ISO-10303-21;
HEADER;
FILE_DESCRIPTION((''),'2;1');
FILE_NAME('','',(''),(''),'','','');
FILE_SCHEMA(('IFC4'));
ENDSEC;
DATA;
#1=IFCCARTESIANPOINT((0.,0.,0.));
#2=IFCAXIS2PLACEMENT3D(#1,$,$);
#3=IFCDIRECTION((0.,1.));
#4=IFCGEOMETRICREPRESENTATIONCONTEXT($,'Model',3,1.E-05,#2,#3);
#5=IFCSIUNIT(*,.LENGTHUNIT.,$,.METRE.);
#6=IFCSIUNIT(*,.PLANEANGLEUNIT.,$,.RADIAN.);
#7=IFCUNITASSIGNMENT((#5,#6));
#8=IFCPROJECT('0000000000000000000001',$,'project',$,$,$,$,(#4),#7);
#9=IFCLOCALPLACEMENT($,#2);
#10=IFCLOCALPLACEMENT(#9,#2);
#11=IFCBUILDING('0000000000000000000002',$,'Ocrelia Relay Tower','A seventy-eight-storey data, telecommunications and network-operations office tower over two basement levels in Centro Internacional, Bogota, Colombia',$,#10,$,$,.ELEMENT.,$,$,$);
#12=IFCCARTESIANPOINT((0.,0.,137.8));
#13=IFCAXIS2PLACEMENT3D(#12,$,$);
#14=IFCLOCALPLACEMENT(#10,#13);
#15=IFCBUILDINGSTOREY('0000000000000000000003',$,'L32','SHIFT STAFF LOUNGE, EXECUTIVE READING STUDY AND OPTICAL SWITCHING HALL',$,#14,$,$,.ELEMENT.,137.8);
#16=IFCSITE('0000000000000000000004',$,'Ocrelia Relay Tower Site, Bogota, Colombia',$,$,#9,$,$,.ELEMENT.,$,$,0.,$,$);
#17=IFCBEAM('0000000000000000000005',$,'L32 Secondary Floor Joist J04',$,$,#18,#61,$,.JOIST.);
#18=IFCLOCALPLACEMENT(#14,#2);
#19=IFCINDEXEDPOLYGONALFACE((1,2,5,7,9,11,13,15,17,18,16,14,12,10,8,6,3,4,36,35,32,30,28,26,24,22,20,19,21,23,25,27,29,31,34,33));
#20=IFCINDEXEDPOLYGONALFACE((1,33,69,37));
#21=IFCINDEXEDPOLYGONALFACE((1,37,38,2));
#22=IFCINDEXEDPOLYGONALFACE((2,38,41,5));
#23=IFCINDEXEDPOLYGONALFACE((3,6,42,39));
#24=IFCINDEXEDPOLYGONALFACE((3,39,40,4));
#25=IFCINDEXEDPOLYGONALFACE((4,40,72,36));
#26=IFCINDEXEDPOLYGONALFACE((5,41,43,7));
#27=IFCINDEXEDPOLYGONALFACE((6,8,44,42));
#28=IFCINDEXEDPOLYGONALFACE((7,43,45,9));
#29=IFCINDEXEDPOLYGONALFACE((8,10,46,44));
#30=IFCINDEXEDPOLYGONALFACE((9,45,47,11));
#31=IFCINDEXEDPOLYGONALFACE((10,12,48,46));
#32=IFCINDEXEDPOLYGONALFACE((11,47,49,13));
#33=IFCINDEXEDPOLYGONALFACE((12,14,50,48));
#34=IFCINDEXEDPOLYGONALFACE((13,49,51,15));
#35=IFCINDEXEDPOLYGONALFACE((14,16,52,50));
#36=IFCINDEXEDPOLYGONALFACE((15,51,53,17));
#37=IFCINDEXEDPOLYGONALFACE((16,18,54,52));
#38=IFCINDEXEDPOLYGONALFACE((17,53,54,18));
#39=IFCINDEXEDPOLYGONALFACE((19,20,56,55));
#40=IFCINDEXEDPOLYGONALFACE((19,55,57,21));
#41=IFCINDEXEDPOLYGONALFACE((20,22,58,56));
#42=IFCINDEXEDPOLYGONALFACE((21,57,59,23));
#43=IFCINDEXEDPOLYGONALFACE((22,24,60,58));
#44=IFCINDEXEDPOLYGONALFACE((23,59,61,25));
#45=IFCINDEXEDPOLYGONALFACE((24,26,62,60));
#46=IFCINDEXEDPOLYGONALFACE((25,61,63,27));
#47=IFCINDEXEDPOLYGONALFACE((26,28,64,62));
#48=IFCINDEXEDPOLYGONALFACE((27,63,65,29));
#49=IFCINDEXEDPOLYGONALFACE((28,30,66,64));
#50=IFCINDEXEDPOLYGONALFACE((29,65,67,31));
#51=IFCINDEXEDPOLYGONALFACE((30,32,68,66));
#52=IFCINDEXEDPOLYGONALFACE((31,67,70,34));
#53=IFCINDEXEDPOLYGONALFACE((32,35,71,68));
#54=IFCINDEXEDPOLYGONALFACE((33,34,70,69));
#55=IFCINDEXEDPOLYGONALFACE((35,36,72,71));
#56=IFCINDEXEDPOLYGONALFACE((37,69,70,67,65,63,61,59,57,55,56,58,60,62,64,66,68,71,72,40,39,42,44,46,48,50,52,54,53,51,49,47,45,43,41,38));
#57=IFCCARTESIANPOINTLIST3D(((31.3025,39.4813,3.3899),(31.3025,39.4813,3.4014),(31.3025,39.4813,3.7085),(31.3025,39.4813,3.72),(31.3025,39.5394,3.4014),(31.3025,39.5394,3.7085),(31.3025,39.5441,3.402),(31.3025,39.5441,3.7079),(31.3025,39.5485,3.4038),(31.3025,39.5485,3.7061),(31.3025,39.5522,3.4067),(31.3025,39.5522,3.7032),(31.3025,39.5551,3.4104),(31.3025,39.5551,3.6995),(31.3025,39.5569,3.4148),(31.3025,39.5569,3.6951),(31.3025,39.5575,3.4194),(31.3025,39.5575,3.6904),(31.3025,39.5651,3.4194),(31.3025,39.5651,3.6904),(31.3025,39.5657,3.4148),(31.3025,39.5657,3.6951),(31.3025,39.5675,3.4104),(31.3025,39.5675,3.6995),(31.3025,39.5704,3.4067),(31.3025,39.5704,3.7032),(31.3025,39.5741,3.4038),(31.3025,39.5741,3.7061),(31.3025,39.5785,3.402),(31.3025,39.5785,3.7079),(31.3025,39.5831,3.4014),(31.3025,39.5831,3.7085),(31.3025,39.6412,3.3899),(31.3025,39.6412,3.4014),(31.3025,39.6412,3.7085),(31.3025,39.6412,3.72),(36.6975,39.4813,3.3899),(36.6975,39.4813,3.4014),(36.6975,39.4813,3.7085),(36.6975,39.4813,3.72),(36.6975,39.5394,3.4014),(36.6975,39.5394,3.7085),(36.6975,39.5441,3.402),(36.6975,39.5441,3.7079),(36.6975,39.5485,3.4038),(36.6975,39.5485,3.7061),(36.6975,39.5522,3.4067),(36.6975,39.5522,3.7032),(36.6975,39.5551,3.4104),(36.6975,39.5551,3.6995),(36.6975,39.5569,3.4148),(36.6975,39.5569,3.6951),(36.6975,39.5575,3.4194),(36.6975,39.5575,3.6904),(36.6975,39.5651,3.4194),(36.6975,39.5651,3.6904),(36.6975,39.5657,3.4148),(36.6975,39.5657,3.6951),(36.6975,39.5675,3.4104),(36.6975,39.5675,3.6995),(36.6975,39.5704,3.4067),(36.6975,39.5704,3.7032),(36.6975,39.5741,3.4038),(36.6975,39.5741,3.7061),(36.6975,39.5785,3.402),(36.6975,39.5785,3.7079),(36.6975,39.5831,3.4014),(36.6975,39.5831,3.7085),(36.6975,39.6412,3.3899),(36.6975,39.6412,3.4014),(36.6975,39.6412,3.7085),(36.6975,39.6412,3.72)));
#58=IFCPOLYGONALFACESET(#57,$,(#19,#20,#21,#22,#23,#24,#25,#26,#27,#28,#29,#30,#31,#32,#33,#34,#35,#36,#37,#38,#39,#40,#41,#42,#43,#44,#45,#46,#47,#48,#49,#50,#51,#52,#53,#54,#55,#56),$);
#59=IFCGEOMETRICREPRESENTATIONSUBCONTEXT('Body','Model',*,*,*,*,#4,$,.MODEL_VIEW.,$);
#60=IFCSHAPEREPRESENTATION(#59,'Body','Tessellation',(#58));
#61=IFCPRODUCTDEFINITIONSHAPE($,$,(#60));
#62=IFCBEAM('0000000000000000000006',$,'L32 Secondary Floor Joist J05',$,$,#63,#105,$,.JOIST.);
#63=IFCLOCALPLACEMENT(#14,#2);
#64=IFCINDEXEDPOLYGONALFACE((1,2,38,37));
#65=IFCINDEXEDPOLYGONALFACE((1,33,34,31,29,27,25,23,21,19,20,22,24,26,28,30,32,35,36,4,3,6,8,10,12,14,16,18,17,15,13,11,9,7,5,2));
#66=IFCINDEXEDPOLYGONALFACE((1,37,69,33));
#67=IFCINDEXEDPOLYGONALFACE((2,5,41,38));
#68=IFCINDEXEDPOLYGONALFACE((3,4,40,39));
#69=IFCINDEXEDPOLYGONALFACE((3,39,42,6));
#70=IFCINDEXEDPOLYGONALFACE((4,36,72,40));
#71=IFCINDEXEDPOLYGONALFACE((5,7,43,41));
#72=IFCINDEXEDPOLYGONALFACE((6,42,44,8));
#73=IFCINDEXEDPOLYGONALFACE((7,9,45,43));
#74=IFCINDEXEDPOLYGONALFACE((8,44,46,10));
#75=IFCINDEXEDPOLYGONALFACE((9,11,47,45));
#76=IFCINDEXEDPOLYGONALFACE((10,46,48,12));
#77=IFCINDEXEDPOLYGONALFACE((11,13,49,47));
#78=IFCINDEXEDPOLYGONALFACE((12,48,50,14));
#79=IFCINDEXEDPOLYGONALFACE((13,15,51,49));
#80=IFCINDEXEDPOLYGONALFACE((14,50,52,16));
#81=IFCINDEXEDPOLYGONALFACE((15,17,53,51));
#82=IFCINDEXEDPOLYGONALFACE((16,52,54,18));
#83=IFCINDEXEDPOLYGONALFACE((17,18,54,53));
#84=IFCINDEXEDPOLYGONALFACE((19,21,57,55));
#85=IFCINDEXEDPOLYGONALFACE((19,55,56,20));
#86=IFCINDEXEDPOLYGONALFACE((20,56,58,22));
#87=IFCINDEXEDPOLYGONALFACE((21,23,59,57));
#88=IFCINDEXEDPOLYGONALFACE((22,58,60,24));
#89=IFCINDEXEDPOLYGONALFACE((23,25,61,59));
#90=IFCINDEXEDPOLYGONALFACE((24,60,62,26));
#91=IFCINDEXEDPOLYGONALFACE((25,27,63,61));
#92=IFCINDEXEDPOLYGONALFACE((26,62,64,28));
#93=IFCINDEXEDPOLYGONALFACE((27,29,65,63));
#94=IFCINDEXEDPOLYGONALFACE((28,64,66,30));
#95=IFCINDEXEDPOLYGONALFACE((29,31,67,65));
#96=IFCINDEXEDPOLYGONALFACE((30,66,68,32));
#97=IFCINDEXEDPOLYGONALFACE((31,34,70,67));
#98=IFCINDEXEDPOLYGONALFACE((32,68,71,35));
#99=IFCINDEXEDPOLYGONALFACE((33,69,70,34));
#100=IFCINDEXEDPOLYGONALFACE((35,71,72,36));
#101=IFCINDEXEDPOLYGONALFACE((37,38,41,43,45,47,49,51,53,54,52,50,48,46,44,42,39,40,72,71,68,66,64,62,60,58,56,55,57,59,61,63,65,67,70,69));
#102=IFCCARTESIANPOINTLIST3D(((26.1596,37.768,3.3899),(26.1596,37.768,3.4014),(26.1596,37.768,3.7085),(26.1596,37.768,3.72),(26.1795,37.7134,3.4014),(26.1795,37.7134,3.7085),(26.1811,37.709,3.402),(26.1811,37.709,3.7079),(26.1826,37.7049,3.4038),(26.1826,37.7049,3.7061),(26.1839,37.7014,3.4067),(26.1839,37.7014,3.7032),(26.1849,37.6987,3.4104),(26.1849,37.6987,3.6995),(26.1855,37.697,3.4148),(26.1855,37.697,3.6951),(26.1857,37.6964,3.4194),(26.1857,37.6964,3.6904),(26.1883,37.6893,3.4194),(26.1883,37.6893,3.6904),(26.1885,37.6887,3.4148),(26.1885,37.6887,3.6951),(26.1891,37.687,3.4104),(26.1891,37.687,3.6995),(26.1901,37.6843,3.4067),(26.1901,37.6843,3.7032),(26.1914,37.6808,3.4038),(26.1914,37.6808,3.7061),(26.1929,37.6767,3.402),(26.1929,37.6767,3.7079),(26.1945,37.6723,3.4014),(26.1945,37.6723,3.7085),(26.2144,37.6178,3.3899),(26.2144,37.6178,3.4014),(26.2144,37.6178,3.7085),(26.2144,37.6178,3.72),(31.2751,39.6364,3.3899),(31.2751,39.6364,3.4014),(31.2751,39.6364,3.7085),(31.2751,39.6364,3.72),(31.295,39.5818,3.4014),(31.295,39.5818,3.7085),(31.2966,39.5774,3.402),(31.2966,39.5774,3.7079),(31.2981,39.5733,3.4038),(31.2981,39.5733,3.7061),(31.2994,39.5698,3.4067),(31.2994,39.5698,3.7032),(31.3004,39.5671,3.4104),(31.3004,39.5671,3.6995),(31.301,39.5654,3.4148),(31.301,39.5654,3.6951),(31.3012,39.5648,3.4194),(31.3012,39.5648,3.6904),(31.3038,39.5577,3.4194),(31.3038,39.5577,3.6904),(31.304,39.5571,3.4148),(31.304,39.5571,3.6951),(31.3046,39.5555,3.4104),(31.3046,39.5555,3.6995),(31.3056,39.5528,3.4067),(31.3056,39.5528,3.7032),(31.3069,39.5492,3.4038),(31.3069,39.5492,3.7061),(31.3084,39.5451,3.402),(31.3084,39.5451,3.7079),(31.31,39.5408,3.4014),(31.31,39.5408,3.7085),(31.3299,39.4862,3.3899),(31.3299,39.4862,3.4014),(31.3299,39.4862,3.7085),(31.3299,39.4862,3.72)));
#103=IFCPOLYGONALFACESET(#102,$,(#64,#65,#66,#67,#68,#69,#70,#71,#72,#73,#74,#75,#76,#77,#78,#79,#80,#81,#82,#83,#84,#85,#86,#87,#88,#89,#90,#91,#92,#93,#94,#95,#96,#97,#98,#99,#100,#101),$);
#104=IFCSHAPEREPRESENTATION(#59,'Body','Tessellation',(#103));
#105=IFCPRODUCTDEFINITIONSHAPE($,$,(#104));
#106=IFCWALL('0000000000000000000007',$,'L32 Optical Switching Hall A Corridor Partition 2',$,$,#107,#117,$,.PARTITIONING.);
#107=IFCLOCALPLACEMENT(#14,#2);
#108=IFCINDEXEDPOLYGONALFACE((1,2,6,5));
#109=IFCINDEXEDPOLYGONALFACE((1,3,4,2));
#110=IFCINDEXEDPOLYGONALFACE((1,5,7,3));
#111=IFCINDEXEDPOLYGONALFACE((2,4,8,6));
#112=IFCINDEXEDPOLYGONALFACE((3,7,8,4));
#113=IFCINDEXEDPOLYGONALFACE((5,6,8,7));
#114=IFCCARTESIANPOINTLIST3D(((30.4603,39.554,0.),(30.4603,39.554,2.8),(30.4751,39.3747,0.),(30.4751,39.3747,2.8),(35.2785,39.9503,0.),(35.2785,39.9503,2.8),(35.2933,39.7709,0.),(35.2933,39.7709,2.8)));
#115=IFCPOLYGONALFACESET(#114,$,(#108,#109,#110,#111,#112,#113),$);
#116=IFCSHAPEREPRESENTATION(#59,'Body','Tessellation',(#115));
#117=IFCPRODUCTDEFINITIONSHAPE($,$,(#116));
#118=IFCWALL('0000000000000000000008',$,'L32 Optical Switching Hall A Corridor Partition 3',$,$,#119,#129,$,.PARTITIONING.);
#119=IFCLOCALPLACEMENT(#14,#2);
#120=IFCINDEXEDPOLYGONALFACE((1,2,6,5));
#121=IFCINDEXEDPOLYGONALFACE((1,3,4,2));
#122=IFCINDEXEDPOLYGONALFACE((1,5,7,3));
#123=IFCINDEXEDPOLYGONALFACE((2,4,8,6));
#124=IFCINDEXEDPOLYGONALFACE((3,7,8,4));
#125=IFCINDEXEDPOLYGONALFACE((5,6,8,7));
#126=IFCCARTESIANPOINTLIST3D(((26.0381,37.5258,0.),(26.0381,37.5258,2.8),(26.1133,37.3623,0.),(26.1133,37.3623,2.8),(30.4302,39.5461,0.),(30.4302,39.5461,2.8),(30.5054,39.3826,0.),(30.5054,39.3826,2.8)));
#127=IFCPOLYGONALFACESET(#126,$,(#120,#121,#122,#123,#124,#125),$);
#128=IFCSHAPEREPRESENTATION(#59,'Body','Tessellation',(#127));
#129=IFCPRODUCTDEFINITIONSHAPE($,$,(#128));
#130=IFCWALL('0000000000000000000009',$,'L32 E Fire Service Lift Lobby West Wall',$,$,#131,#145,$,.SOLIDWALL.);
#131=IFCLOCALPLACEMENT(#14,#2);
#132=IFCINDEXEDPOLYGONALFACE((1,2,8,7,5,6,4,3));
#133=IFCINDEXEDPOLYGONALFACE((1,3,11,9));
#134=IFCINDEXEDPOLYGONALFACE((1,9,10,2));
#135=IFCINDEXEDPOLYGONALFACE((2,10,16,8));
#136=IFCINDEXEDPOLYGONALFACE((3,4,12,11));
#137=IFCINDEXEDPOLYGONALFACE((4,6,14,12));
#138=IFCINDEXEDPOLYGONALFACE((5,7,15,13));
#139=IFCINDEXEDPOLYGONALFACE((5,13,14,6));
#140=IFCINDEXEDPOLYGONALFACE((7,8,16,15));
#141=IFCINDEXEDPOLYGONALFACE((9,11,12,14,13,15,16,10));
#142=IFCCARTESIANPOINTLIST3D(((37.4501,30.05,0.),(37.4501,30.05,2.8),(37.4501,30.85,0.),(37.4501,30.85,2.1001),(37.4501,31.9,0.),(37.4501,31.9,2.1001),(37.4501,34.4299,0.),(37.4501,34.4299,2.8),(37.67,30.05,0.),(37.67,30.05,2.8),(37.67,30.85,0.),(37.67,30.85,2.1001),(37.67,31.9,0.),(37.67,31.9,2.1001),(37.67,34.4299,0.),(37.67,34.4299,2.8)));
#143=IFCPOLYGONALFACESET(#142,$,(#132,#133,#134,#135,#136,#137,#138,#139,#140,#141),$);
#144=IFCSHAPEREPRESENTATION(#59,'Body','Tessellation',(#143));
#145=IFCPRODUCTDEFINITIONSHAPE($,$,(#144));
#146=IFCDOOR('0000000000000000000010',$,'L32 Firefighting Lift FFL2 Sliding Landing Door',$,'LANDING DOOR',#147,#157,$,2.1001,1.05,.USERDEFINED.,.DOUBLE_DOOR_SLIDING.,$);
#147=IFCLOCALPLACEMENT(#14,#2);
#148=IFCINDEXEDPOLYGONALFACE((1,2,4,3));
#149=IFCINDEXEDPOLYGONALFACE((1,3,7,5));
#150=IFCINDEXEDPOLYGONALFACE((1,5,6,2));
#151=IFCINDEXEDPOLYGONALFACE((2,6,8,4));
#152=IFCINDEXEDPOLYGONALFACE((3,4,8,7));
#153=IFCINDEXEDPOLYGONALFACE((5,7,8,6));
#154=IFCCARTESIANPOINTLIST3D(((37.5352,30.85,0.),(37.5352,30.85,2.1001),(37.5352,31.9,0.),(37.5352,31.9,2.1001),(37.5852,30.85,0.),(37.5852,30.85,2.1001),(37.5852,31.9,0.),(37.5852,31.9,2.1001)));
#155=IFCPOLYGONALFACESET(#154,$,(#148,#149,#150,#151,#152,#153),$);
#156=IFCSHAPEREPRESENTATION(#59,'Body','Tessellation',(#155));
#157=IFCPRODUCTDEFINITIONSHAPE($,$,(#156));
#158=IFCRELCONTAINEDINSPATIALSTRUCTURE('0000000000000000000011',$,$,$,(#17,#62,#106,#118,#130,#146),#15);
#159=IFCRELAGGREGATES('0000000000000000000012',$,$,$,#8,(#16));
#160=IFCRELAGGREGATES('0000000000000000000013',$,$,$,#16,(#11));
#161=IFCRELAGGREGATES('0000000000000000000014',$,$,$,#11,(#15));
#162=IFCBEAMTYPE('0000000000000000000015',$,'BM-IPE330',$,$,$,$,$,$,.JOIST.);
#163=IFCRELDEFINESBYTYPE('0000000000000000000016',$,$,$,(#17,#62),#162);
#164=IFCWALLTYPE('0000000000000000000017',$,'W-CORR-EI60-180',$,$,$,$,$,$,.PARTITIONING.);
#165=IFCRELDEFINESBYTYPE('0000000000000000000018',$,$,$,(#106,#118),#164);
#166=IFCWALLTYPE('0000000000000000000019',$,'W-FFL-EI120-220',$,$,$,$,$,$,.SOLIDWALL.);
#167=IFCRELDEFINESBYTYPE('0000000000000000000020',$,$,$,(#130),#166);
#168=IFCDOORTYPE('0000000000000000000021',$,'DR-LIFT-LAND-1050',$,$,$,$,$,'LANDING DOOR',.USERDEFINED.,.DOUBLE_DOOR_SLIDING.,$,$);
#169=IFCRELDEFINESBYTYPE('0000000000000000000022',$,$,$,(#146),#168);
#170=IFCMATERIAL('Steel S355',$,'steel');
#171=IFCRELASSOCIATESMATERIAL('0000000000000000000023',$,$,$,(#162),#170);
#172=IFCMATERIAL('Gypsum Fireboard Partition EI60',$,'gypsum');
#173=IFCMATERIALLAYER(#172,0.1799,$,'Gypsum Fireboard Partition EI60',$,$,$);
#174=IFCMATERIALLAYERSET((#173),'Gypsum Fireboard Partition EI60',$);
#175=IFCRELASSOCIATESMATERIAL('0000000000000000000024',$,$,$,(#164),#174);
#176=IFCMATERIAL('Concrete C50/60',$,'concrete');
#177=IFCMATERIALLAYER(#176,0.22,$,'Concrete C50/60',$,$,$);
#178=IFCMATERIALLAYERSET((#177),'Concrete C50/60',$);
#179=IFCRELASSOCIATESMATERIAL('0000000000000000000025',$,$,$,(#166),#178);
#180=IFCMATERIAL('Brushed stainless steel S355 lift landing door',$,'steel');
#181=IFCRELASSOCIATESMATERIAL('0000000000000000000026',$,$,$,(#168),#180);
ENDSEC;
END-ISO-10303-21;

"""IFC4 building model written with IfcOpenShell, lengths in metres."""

from ifc_helpers import new_model, si_unit, direction, frame, frame_2d, origin, origin_2d, place, context, subcontext, project, spatial, rectangle, i_section, extrude, material, layer, layer_set, material_profile, profile_set, type_object, element, fill, save


model = new_model("IFC4")

# Units and contexts
model_context = context("Model", 3, precision=1e-05, world=origin(), true_north=direction((0.0, 1.0)))
body_context = subcontext(model_context, "Body", "Model", "MODEL_VIEW")
ifc_project = project(units=[si_unit("LENGTHUNIT", "METRE"), si_unit("PLANEANGLEUNIT", "RADIAN")], contexts=[model_context])

# Site, building, storey
site_placement = place(None, origin())
site = spatial("IfcSite", under=ifc_project, at=site_placement, Name="Ocrelia Relay Tower Site, Bogota, Colombia", CompositionType="ELEMENT", RefElevation=0.0)
building_placement = place(site_placement, origin())
building = spatial("IfcBuilding", under=site, at=building_placement, Name="Ocrelia Relay Tower", Description="A seventy-eight-storey data, telecommunications and network-operations office tower over two basement levels in Centro Internacional, Bogota, Colombia", CompositionType="ELEMENT")
storey_placement = place(building_placement, frame((0.0, 0.0, 137.8)))
storey = spatial("IfcBuildingStorey", under=building, at=storey_placement, Name="L32", Description="SHIFT STAFF LOUNGE, EXECUTIVE READING STUDY AND OPTICAL SWITCHING HALL", CompositionType="ELEMENT", Elevation=137.8)

# Beams
ifc_material_1 = material(Name="Steel S355", Category="steel")
ifc_material_profile_1 = material_profile(ifc_material_1, i_section(OverallWidth=0.1599, OverallDepth=0.3301, WebThickness=0.0076, FlangeThickness=0.0115, FilletRadius=0.0181, at=origin_2d()), Name="IPE 330")
ifc_profile_set_1 = profile_set([ifc_material_profile_1], Name="Steel S355")
beam_type_1 = type_object("IfcBeamType", Name="BM-IPE330", PredefinedType="JOIST", material=ifc_profile_set_1)
beam_1_placement = place(storey_placement, frame((36.6975, 39.5613, 3.5549), z_axis=(-1.0, 0.0, 0.0), x_axis=(0.0, -1.0, 0.0)))
element("IfcBeam", 1, at=beam_1_placement, inside=storey, type_object=beam_type_1, Name="L32 Secondary Floor Joist J04", PredefinedType="JOIST", context=body_context, shape_type="SweptSolid", body=[
    extrude(i_section(OverallWidth=0.1599, OverallDepth=0.3301, WebThickness=0.0076, FlangeThickness=0.0115, FilletRadius=0.0181, at=origin_2d()), origin(), (0.0, 0.0, 1.0), 5.395),
])
beam_2_placement = place(storey_placement, frame((31.3025, 39.5613, 3.5549), z_axis=(-0.939307, -0.343078, 0.0), x_axis=(0.343078, -0.939307, 0.0)))
element("IfcBeam", 2, at=beam_2_placement, inside=storey, type_object=beam_type_1, Name="L32 Secondary Floor Joist J05", PredefinedType="JOIST", context=body_context, shape_type="SweptSolid", body=[
    extrude(i_section(OverallWidth=0.1599, OverallDepth=0.3301, WebThickness=0.0076, FlangeThickness=0.0115, FilletRadius=0.0181, at=origin_2d()), origin(), (0.0, 0.0, 1.0), 5.446),
])

# Shared definitions
ifc_material_2 = material(Name="Gypsum Fireboard Partition EI60", Category="gypsum")
ifc_layer_1 = layer(ifc_material_2, 0.1799, Name="Gypsum Fireboard Partition EI60")
ifc_layer_set_1 = layer_set([ifc_layer_1], Name="Gypsum Fireboard Partition EI60")
wall_type_1 = type_object("IfcWallType", Name="W-CORR-EI60-180", PredefinedType="PARTITIONING", material=ifc_layer_set_1)

# Walls
for number, where, z_axis, x_axis, name in (
    (3, (35.2859, 39.8606, 0.0), (0.0, 0.0, 1.0), (-0.996635, -0.081963, 0.0), "L32 Optical Switching Hall A Corridor Partition 2"),
    (4, (30.4678, 39.4644, 0.0), (0.0, 0.0, 1.0), (-0.908498, -0.417889, 0.0), "L32 Optical Switching Hall A Corridor Partition 3"),
):
    element("IfcWall", number, at=place(storey_placement, frame(where, z_axis=z_axis, x_axis=x_axis)), inside=storey, type_object=wall_type_1, Name=name, PredefinedType="PARTITIONING", context=body_context, shape_type="SweptSolid", body=[
        extrude(rectangle(XDim=4.8345, YDim=0.1799, at=frame_2d((2.4172, 0.0))), origin(), (0.0, 0.0, 1.0), 2.8),
    ])

# Wall, opening, door
ifc_material_3 = material(Name="Concrete C50/60", Category="concrete")
ifc_layer_2 = layer(ifc_material_3, 0.22, Name="Concrete C50/60")
ifc_layer_set_2 = layer_set([ifc_layer_2], Name="Concrete C50/60")
wall_type_2 = type_object("IfcWallType", Name="W-FFL-EI120-220", PredefinedType="SOLIDWALL", material=ifc_layer_set_2)
wall_1_placement = place(storey_placement, frame((37.5601, 30.05, 0.0), z_axis=(0.0, 0.0, 1.0), x_axis=(0.0, 1.0, 0.0)))
wall_1 = element("IfcWall", 5, at=wall_1_placement, inside=storey, type_object=wall_type_2, Name="L32 E Fire Service Lift Lobby West Wall", PredefinedType="SOLIDWALL", context=body_context, shape_type="SweptSolid", body=[
    extrude(rectangle(XDim=4.3799, YDim=0.22, at=frame_2d((2.1899, 0.0))), origin(), (0.0, 0.0, 1.0), 2.8),
])
opening_1_placement = place(wall_1_placement, frame((0.8, 0.0, 0.0)))
opening_1 = element("IfcOpeningElement", 6, at=opening_1_placement, cuts=wall_1, PredefinedType="OPENING", context=body_context, shape_type="SweptSolid", body=[
    extrude(rectangle(XDim=1.05, YDim=2.1001, at=frame_2d((0.5249, 1.05))), frame((0.0, 0.1201, 0.0), z_axis=(0.0, -1.0, 0.0), x_axis=(1.0, 0.0, 0.0)), (0.0, 0.0, 1.0), 0.24),
])
ifc_material_4 = material(Name="Brushed stainless steel S355 lift landing door", Category="steel")
door_type_1 = type_object("IfcDoorType", Name="DR-LIFT-LAND-1050", ElementType="LANDING DOOR", OperationType="DOUBLE_DOOR_SLIDING", PredefinedType="USERDEFINED", material=ifc_material_4)
door_1_placement = place(opening_1_placement, origin())
door_1 = element("IfcDoor", 7, at=door_1_placement, inside=storey, type_object=door_type_1, Name="L32 Firefighting Lift FFL2 Sliding Landing Door", ObjectType="LANDING DOOR", OperationType="DOUBLE_DOOR_SLIDING", OverallHeight=2.1001, OverallWidth=1.05, PredefinedType="USERDEFINED", context=body_context, shape_type="SweptSolid", body=[
    extrude(rectangle(XDim=1.05, YDim=2.1001, at=frame_2d((0.5249, 1.05))), frame((0.0, 0.0249, 0.0), z_axis=(0.0, -1.0, 0.0), x_axis=(1.0, 0.0, 0.0)), (0.0, 0.0, 1.0), 0.05),
])
fill(opening_1, door_1)

save(model, "model.ifc")
